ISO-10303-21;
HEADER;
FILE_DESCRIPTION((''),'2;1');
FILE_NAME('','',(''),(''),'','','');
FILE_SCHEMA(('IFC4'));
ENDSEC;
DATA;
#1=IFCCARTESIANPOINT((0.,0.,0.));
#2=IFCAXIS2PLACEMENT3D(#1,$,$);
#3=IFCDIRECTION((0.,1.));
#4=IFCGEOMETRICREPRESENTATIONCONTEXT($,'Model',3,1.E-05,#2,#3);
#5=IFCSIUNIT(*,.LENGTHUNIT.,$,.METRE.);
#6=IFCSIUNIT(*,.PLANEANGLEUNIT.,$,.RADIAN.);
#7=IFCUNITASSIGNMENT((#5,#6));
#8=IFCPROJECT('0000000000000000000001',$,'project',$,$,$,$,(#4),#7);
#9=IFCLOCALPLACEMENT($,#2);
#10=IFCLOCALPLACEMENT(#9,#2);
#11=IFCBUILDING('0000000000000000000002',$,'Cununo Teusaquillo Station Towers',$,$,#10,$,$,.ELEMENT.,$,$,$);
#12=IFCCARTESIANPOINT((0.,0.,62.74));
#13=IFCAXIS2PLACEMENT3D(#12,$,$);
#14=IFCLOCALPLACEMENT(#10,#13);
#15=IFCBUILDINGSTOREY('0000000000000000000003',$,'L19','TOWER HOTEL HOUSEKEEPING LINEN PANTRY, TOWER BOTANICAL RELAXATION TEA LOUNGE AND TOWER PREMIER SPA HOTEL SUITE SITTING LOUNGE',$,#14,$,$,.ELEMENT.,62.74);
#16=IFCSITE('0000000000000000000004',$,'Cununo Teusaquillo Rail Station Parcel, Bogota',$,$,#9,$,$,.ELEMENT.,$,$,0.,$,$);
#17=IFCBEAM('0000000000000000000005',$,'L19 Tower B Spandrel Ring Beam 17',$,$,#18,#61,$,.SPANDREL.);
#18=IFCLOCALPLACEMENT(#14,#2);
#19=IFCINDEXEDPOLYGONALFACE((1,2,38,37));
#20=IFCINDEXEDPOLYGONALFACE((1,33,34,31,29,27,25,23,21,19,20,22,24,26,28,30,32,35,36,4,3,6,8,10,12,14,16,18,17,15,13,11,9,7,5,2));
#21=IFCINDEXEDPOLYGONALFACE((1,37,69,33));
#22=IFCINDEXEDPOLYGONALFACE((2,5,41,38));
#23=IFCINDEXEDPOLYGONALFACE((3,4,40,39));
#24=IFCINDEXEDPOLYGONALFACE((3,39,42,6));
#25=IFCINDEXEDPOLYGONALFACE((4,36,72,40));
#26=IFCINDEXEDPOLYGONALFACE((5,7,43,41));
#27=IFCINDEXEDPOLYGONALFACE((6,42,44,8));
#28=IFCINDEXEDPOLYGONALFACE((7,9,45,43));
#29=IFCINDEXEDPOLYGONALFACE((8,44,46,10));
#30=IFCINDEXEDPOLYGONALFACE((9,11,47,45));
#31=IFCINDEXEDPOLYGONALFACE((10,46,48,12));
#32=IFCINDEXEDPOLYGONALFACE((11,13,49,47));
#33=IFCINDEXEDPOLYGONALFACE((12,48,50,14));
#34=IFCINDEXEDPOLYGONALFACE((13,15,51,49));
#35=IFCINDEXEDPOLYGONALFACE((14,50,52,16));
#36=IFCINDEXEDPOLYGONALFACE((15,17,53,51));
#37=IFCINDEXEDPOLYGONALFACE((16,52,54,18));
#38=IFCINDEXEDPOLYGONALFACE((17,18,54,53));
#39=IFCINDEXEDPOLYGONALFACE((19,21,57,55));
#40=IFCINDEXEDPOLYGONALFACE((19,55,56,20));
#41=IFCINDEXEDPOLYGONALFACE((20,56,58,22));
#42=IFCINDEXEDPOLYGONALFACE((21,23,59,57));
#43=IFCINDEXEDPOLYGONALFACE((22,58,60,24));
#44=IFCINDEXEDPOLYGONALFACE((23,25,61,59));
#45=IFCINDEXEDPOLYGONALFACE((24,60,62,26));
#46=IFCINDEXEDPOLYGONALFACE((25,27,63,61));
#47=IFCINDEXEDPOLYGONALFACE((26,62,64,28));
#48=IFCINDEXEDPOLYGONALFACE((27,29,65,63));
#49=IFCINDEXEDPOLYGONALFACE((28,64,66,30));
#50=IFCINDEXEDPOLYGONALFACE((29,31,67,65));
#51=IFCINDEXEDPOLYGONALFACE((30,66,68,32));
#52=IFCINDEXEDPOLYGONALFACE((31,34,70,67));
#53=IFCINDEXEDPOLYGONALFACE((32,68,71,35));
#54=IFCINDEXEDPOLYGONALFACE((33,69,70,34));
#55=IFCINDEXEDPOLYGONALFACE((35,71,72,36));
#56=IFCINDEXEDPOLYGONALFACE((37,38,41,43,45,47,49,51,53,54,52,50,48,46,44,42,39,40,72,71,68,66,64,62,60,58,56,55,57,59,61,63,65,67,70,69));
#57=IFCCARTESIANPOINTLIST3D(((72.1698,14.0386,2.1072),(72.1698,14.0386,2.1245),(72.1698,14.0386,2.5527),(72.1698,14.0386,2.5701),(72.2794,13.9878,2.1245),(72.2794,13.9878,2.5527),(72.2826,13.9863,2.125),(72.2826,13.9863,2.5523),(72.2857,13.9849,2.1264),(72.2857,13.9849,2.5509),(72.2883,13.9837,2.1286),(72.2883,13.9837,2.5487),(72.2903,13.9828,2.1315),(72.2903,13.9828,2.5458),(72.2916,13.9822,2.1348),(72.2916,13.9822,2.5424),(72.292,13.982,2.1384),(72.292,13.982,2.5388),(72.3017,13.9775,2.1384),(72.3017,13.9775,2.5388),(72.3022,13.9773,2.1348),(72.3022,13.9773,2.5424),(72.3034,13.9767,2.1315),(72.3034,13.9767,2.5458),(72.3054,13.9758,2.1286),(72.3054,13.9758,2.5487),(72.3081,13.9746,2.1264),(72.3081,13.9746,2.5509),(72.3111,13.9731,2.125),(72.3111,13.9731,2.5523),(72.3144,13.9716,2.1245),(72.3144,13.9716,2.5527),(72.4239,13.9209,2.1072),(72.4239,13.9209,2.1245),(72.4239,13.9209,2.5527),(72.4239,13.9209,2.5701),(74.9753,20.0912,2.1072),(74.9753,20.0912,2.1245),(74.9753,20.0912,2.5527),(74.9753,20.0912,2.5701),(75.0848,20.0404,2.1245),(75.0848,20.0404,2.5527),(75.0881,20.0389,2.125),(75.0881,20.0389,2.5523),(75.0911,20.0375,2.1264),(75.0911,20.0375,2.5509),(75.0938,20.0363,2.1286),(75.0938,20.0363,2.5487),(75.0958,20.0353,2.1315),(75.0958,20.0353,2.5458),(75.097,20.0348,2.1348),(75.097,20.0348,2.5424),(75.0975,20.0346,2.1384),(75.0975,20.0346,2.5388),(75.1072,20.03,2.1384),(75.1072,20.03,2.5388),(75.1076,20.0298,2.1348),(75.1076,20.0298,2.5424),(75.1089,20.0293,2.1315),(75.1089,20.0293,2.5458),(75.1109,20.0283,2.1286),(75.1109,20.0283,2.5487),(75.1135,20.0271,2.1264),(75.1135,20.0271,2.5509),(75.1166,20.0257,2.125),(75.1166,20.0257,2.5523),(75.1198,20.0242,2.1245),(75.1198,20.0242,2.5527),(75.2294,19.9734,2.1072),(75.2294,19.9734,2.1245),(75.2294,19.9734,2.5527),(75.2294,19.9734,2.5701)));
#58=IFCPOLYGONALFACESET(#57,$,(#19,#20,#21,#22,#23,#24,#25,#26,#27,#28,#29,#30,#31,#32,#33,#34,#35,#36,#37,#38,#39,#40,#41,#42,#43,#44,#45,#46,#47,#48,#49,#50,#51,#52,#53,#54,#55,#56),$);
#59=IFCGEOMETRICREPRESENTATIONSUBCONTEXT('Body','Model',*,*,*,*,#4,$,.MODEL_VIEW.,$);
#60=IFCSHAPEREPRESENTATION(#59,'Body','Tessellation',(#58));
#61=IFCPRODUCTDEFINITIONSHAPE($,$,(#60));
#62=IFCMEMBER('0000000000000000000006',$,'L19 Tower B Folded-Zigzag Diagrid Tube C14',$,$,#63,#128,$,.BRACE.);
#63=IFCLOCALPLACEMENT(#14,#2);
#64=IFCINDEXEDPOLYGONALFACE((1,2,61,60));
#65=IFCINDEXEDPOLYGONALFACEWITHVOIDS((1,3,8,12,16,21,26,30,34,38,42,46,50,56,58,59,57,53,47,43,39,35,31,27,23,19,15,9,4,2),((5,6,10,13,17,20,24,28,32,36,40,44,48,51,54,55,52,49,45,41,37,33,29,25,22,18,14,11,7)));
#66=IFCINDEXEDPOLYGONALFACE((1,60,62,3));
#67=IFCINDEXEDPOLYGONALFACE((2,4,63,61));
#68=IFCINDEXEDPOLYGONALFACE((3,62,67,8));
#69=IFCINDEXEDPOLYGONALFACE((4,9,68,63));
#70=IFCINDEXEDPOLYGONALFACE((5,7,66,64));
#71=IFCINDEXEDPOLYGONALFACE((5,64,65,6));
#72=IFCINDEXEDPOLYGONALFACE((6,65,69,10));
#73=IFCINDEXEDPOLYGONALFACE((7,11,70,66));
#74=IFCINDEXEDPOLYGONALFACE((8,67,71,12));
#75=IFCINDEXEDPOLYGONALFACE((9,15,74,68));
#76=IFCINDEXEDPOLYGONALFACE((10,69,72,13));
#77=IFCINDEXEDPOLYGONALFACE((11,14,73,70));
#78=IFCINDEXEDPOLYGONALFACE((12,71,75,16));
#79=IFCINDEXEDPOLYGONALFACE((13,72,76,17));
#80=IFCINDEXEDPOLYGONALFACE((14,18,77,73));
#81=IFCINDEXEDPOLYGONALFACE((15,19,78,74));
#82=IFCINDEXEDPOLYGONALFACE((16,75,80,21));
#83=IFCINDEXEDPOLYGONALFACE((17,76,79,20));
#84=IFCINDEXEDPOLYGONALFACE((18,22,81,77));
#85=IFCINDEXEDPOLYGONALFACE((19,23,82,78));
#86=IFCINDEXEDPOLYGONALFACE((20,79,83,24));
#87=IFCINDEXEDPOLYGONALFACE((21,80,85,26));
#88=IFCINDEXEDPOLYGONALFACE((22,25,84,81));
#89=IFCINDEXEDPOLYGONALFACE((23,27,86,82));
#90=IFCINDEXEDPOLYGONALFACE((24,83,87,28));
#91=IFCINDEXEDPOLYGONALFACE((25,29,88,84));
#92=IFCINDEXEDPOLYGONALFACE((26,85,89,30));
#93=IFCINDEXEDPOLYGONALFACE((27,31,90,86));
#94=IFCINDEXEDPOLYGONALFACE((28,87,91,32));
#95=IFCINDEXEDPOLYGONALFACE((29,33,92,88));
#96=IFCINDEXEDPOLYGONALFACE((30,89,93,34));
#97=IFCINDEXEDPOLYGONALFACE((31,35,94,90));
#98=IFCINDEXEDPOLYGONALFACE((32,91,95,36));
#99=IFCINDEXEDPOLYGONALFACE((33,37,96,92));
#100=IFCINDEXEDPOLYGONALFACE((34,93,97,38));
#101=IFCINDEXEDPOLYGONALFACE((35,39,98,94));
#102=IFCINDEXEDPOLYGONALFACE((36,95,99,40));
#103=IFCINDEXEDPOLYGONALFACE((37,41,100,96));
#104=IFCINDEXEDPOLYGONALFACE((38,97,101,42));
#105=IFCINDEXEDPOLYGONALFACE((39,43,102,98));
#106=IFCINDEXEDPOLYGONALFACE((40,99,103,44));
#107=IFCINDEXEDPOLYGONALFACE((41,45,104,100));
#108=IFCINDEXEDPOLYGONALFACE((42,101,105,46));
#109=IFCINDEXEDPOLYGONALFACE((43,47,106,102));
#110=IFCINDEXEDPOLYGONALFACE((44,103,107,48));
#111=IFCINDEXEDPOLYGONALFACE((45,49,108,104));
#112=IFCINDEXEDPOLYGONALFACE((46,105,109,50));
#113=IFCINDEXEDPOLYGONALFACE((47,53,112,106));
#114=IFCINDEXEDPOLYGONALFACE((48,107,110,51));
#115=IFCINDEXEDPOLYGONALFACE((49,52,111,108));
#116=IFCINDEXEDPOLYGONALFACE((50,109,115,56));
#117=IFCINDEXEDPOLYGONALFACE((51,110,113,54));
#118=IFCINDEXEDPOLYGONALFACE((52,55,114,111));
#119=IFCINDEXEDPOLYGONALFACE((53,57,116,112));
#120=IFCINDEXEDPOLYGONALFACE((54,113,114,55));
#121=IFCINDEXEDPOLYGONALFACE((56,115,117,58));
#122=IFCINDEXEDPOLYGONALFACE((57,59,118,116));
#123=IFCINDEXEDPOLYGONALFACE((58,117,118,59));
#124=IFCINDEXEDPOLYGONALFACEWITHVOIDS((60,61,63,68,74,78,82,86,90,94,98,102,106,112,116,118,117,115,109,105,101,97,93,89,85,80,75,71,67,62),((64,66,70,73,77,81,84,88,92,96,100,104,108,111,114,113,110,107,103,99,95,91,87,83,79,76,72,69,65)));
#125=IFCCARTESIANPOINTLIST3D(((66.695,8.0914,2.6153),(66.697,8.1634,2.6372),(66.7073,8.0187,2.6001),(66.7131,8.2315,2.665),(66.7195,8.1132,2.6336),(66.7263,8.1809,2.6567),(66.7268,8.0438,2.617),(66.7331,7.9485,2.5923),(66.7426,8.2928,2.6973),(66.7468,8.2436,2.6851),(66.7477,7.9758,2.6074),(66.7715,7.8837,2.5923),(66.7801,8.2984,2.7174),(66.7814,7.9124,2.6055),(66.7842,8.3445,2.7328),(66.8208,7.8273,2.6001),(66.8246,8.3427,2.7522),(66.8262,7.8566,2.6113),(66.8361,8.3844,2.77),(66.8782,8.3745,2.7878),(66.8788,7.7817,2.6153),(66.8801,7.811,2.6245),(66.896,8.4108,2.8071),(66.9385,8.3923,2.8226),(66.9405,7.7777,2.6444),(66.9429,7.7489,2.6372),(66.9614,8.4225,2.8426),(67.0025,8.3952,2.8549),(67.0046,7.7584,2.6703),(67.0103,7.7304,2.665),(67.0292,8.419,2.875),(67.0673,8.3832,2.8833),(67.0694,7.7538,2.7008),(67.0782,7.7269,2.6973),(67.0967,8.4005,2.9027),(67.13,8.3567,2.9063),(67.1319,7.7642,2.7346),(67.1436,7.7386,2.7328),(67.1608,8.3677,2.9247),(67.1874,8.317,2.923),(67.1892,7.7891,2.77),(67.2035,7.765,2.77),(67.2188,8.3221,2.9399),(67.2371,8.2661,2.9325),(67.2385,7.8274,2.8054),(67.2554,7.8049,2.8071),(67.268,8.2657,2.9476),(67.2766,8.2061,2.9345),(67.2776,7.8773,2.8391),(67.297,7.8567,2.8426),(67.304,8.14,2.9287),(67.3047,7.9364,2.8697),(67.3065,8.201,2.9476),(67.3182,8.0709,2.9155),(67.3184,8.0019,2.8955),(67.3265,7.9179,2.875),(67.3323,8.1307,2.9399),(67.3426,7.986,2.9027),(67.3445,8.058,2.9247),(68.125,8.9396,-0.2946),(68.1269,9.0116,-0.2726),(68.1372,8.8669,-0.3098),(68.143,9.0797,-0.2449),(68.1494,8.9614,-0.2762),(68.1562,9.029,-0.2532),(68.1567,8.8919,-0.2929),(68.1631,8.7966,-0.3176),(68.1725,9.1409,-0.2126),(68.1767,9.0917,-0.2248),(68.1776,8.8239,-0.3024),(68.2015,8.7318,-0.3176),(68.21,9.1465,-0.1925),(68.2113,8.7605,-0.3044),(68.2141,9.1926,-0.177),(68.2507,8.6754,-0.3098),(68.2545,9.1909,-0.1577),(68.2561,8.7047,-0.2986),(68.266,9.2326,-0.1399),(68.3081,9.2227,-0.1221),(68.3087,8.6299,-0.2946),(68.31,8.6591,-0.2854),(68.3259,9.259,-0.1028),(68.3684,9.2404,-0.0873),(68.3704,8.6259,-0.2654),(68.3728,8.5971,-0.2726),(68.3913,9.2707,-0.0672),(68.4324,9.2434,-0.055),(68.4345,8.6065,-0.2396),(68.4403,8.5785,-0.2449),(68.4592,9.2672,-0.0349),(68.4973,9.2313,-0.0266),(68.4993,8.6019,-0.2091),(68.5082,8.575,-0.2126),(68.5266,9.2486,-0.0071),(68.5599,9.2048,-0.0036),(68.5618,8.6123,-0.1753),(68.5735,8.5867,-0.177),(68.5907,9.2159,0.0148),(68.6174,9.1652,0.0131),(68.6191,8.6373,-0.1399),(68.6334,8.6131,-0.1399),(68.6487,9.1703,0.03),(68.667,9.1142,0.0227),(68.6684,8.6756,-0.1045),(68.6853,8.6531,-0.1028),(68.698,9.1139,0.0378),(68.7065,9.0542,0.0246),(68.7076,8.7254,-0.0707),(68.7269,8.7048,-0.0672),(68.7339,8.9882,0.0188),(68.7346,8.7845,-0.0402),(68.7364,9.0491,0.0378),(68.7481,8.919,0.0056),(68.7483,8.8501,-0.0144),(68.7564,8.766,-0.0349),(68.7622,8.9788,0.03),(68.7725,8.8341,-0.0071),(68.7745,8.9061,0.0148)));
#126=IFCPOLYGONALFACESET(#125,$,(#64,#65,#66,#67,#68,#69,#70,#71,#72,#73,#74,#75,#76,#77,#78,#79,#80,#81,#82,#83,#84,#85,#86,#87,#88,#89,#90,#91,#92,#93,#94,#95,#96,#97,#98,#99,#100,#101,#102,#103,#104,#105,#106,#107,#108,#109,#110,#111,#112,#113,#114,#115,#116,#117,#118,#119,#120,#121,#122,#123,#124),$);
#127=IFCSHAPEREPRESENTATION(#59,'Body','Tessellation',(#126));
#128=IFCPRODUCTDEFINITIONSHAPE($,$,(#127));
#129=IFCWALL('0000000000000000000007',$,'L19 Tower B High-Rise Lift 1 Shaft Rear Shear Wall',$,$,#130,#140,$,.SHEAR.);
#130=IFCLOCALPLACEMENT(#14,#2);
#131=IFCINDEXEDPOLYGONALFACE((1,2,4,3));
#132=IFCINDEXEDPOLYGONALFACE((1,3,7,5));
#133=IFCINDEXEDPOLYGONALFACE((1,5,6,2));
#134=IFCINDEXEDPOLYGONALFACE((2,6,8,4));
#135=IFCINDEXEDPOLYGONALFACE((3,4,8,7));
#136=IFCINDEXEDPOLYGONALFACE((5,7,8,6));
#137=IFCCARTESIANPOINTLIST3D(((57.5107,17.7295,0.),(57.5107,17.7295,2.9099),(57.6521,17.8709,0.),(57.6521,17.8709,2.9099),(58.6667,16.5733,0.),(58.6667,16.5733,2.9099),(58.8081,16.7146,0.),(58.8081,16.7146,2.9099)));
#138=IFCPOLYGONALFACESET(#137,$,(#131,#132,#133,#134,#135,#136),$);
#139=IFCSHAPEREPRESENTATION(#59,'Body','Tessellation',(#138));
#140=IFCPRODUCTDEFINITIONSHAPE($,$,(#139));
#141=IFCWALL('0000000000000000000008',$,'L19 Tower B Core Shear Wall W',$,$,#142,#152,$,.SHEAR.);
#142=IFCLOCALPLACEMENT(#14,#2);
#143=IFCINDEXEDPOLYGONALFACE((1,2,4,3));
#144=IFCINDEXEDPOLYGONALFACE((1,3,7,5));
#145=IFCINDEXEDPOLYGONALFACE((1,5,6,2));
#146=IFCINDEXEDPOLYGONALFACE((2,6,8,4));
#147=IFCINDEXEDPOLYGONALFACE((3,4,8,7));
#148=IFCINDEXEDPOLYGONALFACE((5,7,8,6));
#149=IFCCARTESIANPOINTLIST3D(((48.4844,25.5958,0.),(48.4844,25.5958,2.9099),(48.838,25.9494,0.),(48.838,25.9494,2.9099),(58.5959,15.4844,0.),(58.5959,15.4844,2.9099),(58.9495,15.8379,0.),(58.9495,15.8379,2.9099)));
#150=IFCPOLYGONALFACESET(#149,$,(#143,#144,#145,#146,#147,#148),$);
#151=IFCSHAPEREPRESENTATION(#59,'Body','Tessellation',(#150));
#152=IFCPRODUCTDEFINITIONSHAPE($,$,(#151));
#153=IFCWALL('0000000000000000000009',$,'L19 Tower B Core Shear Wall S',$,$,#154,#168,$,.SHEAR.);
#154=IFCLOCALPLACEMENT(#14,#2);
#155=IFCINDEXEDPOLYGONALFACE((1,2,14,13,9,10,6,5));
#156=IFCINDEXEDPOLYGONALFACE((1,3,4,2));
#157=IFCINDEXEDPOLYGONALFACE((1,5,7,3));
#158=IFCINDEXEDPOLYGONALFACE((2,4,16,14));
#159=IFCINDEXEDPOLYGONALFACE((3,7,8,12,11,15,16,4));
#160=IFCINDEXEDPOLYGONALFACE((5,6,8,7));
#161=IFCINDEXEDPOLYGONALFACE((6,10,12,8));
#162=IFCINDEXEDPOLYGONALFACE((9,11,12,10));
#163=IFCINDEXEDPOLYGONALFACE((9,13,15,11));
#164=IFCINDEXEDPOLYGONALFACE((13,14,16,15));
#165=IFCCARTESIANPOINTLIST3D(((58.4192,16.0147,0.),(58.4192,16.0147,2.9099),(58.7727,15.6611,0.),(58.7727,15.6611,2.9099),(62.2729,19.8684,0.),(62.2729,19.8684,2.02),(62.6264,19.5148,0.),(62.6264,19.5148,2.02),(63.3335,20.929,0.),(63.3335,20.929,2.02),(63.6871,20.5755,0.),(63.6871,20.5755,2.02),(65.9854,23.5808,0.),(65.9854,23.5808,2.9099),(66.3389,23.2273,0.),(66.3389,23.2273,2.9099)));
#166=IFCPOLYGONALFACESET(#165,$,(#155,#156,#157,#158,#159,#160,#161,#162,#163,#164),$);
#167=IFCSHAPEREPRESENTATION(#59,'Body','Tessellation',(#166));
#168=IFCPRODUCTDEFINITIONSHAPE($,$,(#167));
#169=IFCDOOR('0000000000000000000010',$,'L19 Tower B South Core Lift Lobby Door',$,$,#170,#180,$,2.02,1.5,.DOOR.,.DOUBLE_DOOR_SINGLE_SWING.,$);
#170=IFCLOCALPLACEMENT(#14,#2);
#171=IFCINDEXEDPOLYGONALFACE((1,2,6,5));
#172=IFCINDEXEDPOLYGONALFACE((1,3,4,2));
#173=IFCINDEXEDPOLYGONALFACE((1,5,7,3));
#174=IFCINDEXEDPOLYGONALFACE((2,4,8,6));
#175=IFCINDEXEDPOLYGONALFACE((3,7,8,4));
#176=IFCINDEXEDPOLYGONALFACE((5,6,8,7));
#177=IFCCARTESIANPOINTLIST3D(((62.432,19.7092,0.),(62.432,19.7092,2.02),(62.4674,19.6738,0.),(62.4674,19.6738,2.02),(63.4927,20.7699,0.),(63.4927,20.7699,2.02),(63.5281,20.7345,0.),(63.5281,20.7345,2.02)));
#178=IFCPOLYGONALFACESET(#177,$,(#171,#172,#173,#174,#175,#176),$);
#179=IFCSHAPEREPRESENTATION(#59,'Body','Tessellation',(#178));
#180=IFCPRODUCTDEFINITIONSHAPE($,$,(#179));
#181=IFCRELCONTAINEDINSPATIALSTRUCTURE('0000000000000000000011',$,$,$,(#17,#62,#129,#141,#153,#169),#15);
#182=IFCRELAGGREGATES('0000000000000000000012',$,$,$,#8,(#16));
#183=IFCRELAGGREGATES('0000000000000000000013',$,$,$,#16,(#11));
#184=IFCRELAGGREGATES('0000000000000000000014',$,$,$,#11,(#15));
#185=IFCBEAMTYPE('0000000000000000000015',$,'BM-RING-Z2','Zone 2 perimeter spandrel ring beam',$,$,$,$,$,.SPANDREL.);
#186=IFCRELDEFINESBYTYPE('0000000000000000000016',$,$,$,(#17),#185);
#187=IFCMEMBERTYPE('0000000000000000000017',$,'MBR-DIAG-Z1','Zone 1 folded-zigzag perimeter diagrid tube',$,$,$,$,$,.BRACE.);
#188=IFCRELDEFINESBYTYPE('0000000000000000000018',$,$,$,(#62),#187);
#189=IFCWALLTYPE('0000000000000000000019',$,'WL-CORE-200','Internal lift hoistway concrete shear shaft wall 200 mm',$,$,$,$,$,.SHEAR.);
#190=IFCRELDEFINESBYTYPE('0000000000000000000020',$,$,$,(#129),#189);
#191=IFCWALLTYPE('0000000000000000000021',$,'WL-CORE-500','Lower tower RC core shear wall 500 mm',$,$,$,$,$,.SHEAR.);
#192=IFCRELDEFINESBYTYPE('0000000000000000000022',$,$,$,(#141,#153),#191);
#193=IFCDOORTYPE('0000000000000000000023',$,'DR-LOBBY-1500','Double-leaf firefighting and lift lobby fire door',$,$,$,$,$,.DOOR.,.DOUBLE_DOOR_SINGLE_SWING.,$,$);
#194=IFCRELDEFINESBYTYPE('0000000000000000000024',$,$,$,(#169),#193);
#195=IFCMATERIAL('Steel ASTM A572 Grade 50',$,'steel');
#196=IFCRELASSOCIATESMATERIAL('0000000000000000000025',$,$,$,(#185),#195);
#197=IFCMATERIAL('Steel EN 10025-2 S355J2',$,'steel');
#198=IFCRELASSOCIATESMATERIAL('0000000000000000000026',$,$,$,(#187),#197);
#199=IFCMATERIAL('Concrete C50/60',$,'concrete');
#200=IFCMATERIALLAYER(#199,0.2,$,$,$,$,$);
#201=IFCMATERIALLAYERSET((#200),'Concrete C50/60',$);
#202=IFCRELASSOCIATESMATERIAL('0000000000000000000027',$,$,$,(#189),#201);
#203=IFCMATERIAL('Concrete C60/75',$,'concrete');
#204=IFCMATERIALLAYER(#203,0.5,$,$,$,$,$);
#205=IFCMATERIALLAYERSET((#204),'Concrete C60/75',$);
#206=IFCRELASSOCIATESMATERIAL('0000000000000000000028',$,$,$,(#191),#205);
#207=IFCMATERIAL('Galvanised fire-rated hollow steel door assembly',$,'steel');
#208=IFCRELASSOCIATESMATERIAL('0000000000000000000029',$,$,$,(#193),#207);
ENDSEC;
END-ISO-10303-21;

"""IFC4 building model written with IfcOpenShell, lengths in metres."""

from ifc_helpers import new_model, si_unit, direction, frame, frame_2d, origin, origin_2d, place, context, subcontext, project, spatial, rectangle, hollow_circle, i_section, extrude, source, transform, mapped, material, layer, layer_set, material_profile, profile_set, type_object, element, fill, save


model = new_model("IFC4")

# Units and contexts
model_context = context("Model", 3, precision=1e-05, world=origin(), true_north=direction((0.0, 1.0)))
body_context = subcontext(model_context, "Body", "Model", "MODEL_VIEW")
ifc_project = project(units=[si_unit("LENGTHUNIT", "METRE"), si_unit("PLANEANGLEUNIT", "RADIAN")], contexts=[model_context])

# Site, building, storey
site_placement = place(None, origin())
site = spatial("IfcSite", under=ifc_project, at=site_placement, Name="Cununo Teusaquillo Rail Station Parcel, Bogota", CompositionType="ELEMENT", RefElevation=0.0)
building_placement = place(site_placement, origin())
building = spatial("IfcBuilding", under=site, at=building_placement, Name="Cununo Teusaquillo Station Towers", CompositionType="ELEMENT")
storey_placement = place(building_placement, frame((0.0, 0.0, 62.74)))
storey = spatial("IfcBuildingStorey", under=building, at=storey_placement, Name="L19", Description="TOWER HOTEL HOUSEKEEPING LINEN PANTRY, TOWER BOTANICAL RELAXATION TEA LOUNGE AND TOWER PREMIER SPA HOTEL SUITE SITTING LOUNGE", CompositionType="ELEMENT", Elevation=62.74)

# Beam
ifc_material_1 = material(Name="Steel ASTM A572 Grade 50", Category="steel")
ifc_material_profile_1 = material_profile(ifc_material_1, i_section(OverallWidth=0.28, OverallDepth=0.4629, WebThickness=0.0107, FlangeThickness=0.0173, FilletRadius=0.0139, at=origin_2d()), Name="W18X76")
ifc_profile_set_1 = profile_set([ifc_material_profile_1], Name="Steel ASTM A572 Grade 50")
beam_type_1 = type_object("IfcBeamType", Name="BM-RING-Z2", Description="Zone 2 perimeter spandrel ring beam", PredefinedType="SPANDREL", material=ifc_profile_set_1)
beam_1_placement = place(storey_placement, frame((72.2969, 13.9797, 2.3386), z_axis=(0.420536, 0.907276, 0.0), x_axis=(-0.907276, 0.420536, 0.0)))
element("IfcBeam", 1, at=beam_1_placement, inside=storey, type_object=beam_type_1, Name="L19 Tower B Spandrel Ring Beam 17", PredefinedType="SPANDREL", context=body_context, shape_type="SweptSolid", body=[
    extrude(i_section(OverallWidth=0.28, OverallDepth=0.4629, WebThickness=0.0107, FlangeThickness=0.0173, FilletRadius=0.0139, at=origin_2d()), origin(), (0.0, 0.0, 1.0), 6.6711),
])

# Member
ifc_material_2 = material(Name="Steel EN 10025-2 S355J2", Category="steel")
ifc_material_profile_2 = material_profile(ifc_material_2, hollow_circle(Radius=0.3601, WallThickness=0.0281, at=origin_2d()), Name="CHS 720x28")
ifc_profile_set_2 = profile_set([ifc_material_profile_2], Name="Steel EN 10025-2 S355J2")
member_type = type_object("IfcMemberType", Name="MBR-DIAG-Z1", Description="Zone 1 folded-zigzag perimeter diagrid tube", PredefinedType="BRACE", material=ifc_profile_set_2)
member_placement = place(storey_placement, frame((68.4497, 8.9229, -0.1399), z_axis=(-0.426672, -0.253074, 0.868277), x_axis=(0.510149, -0.860086, 0.0)))
element("IfcMember", 2, at=member_placement, inside=storey, type_object=member_type, Name="L19 Tower B Folded-Zigzag Diagrid Tube C14", PredefinedType="BRACE", context=body_context, shape_type="SweptSolid", body=[
    extrude(hollow_circle(Radius=0.3601, WallThickness=0.0281, at=origin_2d()), origin(), (0.0, 0.0, 1.0), 3.3513),
])

# Walls
ifc_material_3 = material(Name="Concrete C50/60", Category="concrete")
ifc_layer_1 = layer(ifc_material_3, 0.2)
ifc_layer_set_1 = layer_set([ifc_layer_1], Name="Concrete C50/60")
wall_type_1 = type_object("IfcWallType", Name="WL-CORE-200", Description="Internal lift hoistway concrete shear shaft wall 200 mm", PredefinedType="SHEAR", material=ifc_layer_set_1)
wall_1_placement = place(storey_placement, frame((58.7373, 16.644, 0.0), z_axis=(0.0, 0.0, 1.0), x_axis=(-0.707032, 0.707181, 0.0)))
element("IfcWall", 3, at=wall_1_placement, inside=storey, type_object=wall_type_1, Name="L19 Tower B High-Rise Lift 1 Shaft Rear Shear Wall", PredefinedType="SHEAR", context=body_context, shape_type="SweptSolid", body=[
    extrude(rectangle(XDim=1.635, YDim=0.2, at=frame_2d((0.8174, 0.0))), origin(), (0.0, 0.0, 1.0), 2.9099),
])
ifc_material_4 = material(Name="Concrete C60/75", Category="concrete")
ifc_layer_2 = layer(ifc_material_4, 0.5)
ifc_layer_set_2 = layer_set([ifc_layer_2], Name="Concrete C60/75")
wall_type_2 = type_object("IfcWallType", Name="WL-CORE-500", Description="Lower tower RC core shear wall 500 mm", PredefinedType="SHEAR", material=ifc_layer_set_2)
wall_2_placement = place(storey_placement, frame((58.7727, 15.6611, 0.0), z_axis=(0.0, 0.0, 1.0), x_axis=(-0.707107, 0.707107, 0.0)))
element("IfcWall", 4, at=wall_2_placement, inside=storey, type_object=wall_type_2, Name="L19 Tower B Core Shear Wall W", PredefinedType="SHEAR", context=body_context, shape_type="SweptSolid", body=[
    extrude(rectangle(XDim=14.2998, YDim=0.5, at=frame_2d((7.1499, 0.0))), origin(), (0.0, 0.0, 1.0), 2.9099),
])

# Wall, opening, door
wall_3_placement = place(storey_placement, frame((58.5959, 15.8379, 0.0), z_axis=(0.0, 0.0, 1.0), x_axis=(0.707107, 0.707107, 0.0)))
wall_3 = element("IfcWall", 5, at=wall_3_placement, inside=storey, type_object=wall_type_2, Name="L19 Tower B Core Shear Wall S", PredefinedType="SHEAR", context=body_context, shape_type="SweptSolid", body=[
    extrude(rectangle(XDim=10.7002, YDim=0.5, at=frame_2d((5.3501, 0.0))), origin(), (0.0, 0.0, 1.0), 2.9099),
])
shared_shape_1 = source(origin(), body_context, "Body", "SweptSolid", [
    extrude(rectangle(XDim=1.5, YDim=2.02, at=frame_2d((0.75, 1.01))), frame((0.0, 0.26, 0.0), z_axis=(0.0, -1.0, 0.0), x_axis=(1.0, 0.0, 0.0)), (0.0, 0.0, 1.0), 0.52),
])
opening_1_placement = place(wall_3_placement, frame((5.45, 0.0, 0.0)))
opening_1 = element("IfcOpeningElement", 6, at=opening_1_placement, cuts=wall_3, PredefinedType="OPENING", context=body_context, shape_type="MappedRepresentation", body=[
    mapped(shared_shape_1, transform((0.0, 0.0, 0.0), x_axis=(1.0, 0.0, 0.0), y_axis=(0.0, 1.0, 0.0), z_axis=(0.0, 0.0, 1.0), scale=1.0)),
])
ifc_material_5 = material(Name="Galvanised fire-rated hollow steel door assembly", Category="steel")
door_type_1 = type_object("IfcDoorType", Name="DR-LOBBY-1500", Description="Double-leaf firefighting and lift lobby fire door", OperationType="DOUBLE_DOOR_SINGLE_SWING", PredefinedType="DOOR", material=ifc_material_5)
shared_shape_2 = source(origin(), body_context, "Body", "SweptSolid", [
    extrude(rectangle(XDim=1.5, YDim=2.02, at=frame_2d((0.75, 1.01))), frame((0.0, 0.0249, 0.0), z_axis=(0.0, -1.0, 0.0), x_axis=(1.0, 0.0, 0.0)), (0.0, 0.0, 1.0), 0.05),
])
door_1_placement = place(opening_1_placement, origin())
door_1 = element("IfcDoor", 7, at=door_1_placement, inside=storey, type_object=door_type_1, Name="L19 Tower B South Core Lift Lobby Door", OperationType="DOUBLE_DOOR_SINGLE_SWING", OverallHeight=2.02, OverallWidth=1.5, PredefinedType="DOOR", context=body_context, shape_type="MappedRepresentation", body=[
    mapped(shared_shape_2, transform((0.0, 0.0, 0.0), x_axis=(1.0, 0.0, 0.0), y_axis=(0.0, 1.0, 0.0), z_axis=(0.0, 0.0, 1.0), scale=1.0)),
])
fill(opening_1, door_1)

save(model, "model.ifc")
